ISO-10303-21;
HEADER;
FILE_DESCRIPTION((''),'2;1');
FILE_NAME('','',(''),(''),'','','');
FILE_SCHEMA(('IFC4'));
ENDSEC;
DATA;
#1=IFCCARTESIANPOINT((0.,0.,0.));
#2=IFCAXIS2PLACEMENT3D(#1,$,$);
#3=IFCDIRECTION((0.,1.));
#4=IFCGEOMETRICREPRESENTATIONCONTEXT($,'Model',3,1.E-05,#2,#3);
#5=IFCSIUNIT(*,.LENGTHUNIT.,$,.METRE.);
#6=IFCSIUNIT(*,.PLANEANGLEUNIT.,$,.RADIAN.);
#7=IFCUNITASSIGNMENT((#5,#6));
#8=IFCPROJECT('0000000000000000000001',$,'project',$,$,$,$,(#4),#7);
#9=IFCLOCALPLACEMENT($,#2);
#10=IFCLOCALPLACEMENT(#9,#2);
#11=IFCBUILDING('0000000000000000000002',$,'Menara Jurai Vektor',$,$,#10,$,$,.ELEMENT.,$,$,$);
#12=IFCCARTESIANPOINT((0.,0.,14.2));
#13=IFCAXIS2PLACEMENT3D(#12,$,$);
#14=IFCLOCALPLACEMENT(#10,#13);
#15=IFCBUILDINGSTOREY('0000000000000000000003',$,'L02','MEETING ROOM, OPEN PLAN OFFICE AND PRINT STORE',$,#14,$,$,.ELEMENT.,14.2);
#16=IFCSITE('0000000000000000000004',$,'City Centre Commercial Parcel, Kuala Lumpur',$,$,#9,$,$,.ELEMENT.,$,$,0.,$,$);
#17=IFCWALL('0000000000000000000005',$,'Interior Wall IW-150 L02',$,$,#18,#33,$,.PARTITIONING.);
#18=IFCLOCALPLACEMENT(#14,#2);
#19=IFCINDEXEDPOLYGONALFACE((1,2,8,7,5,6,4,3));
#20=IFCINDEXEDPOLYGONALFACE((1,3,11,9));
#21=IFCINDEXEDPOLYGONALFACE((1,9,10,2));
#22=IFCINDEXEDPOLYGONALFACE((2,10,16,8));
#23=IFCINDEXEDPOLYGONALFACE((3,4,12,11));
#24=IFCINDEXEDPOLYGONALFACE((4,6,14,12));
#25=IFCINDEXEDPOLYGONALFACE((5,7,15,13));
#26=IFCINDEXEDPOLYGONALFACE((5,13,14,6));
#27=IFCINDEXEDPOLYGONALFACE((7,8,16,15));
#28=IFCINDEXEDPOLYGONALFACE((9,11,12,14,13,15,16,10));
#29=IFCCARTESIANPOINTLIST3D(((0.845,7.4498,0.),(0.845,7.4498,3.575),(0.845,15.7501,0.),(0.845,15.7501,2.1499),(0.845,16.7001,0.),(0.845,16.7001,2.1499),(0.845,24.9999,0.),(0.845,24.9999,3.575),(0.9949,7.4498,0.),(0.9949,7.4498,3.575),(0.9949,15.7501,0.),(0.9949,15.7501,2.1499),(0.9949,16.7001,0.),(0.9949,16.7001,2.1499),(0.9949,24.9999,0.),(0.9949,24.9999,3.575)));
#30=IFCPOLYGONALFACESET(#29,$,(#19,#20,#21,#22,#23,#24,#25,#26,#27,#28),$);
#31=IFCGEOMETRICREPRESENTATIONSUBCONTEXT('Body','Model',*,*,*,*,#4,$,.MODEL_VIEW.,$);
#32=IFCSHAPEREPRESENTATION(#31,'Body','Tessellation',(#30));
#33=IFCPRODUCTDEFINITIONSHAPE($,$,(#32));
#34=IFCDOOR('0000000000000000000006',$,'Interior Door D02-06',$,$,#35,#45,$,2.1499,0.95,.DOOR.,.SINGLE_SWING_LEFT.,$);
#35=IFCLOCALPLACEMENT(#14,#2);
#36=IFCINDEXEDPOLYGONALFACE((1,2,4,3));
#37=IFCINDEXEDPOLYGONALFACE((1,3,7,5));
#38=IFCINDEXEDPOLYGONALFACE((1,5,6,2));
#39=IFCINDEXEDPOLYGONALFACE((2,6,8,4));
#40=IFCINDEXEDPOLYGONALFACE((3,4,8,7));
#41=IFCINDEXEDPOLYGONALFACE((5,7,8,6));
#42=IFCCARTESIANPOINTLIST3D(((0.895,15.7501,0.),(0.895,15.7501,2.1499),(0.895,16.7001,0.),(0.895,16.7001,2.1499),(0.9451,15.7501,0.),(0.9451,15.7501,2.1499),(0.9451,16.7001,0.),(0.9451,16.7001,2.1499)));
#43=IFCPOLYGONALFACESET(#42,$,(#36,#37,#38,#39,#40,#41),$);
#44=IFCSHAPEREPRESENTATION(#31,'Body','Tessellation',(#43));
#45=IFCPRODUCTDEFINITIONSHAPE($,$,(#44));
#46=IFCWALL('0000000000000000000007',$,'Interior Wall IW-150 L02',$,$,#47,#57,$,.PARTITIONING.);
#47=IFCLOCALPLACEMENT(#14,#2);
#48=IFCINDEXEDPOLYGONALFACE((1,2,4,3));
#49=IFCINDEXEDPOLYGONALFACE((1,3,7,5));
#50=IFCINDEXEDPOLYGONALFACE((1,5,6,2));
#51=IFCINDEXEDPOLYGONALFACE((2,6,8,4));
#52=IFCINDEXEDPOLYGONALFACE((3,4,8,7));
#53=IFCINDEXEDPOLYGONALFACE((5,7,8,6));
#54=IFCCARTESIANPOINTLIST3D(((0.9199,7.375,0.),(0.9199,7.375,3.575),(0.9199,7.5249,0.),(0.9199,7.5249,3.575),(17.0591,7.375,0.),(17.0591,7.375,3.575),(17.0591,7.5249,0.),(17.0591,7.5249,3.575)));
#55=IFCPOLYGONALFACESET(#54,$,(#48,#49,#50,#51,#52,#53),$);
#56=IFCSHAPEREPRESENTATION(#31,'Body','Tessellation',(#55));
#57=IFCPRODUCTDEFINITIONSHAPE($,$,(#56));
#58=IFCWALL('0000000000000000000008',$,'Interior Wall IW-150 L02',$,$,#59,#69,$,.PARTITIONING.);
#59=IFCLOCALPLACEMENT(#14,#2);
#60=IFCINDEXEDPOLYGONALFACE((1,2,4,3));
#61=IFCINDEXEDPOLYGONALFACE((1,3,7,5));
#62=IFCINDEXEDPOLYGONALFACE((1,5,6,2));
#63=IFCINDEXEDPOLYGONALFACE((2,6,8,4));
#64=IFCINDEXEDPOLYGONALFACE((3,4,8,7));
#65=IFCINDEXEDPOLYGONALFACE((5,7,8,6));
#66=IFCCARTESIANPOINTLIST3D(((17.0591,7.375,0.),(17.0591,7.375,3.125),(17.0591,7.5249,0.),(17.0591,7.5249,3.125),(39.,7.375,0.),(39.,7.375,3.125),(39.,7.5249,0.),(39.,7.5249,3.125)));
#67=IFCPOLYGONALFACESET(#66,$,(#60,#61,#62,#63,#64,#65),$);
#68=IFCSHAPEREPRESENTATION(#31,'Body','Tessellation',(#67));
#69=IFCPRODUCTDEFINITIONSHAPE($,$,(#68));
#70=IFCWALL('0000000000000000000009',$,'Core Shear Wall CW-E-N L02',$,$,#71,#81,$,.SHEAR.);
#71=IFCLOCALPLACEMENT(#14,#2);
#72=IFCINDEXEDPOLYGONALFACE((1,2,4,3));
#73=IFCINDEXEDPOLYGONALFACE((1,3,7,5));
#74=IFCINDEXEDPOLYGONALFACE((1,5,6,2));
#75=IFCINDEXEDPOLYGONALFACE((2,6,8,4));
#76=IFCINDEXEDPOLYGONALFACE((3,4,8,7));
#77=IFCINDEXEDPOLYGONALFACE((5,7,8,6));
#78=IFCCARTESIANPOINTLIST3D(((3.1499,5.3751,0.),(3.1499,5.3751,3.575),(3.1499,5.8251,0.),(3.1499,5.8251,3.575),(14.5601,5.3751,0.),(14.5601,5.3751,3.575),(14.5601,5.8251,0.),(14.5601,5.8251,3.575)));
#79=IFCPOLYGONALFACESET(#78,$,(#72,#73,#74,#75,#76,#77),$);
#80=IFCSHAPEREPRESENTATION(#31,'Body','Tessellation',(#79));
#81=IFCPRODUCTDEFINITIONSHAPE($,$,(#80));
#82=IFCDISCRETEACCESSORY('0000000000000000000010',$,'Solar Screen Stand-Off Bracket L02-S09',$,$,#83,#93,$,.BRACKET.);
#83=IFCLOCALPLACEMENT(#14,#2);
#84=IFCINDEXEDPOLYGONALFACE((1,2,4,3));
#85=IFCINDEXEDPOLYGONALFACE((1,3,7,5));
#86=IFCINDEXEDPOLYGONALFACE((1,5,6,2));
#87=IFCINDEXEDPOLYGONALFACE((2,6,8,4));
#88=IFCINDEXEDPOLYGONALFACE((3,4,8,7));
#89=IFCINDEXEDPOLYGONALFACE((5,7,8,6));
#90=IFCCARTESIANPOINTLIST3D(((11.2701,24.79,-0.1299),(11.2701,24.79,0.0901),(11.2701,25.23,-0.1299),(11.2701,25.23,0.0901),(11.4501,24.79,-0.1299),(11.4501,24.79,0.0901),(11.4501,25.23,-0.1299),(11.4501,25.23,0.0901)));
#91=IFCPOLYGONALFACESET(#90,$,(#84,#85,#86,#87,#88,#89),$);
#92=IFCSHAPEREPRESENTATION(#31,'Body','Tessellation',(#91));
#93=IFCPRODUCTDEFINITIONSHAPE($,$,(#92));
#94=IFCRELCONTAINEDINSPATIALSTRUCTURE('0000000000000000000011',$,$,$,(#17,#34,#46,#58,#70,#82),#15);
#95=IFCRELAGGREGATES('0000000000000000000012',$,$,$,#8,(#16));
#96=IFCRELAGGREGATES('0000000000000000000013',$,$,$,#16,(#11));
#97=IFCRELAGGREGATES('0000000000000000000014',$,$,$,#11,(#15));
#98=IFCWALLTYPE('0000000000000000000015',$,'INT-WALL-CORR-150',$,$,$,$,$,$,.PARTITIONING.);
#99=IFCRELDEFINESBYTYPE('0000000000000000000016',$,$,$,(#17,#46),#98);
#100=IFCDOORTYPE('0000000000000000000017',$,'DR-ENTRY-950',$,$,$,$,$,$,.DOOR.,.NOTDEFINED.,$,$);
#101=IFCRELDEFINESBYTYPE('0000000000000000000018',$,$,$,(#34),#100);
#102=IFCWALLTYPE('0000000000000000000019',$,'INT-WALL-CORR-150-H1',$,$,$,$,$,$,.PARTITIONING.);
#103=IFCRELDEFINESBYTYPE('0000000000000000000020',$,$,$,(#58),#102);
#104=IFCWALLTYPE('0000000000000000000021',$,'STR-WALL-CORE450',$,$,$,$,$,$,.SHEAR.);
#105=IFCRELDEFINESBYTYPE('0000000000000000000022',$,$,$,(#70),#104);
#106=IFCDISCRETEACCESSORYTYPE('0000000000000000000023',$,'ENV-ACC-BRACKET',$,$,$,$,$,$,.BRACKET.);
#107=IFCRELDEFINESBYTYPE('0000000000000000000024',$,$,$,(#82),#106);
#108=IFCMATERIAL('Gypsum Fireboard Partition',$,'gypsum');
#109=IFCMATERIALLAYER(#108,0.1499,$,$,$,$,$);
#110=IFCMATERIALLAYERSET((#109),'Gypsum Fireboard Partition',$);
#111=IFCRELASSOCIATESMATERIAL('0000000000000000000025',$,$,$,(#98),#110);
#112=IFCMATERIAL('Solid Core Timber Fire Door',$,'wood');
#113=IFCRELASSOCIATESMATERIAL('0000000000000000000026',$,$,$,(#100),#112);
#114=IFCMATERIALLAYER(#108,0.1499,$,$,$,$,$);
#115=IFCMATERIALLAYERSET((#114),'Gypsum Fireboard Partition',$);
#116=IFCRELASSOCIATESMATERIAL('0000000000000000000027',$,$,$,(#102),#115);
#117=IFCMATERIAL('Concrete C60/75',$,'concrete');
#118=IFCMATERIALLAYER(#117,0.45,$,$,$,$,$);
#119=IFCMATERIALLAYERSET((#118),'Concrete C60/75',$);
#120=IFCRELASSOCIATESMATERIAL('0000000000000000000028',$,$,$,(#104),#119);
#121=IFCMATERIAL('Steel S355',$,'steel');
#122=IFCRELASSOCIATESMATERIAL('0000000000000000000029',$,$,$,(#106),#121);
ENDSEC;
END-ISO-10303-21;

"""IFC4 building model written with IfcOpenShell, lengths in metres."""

from ifc_helpers import new_model, si_unit, direction, frame, frame_2d, origin, origin_2d, place, context, subcontext, project, spatial, rectangle, extrude, material, layer, layer_set, type_object, element, fill, save


model = new_model("IFC4")

# Units and contexts
model_context = context("Model", 3, precision=1e-05, world=origin(), true_north=direction((0.0, 1.0)))
body_context = subcontext(model_context, "Body", "Model", "MODEL_VIEW")
ifc_project = project(units=[si_unit("LENGTHUNIT", "METRE"), si_unit("PLANEANGLEUNIT", "RADIAN")], contexts=[model_context])

# Site, building, storey
site_placement = place(None, origin())
site = spatial("IfcSite", under=ifc_project, at=site_placement, Name="City Centre Commercial Parcel, Kuala Lumpur", CompositionType="ELEMENT", RefElevation=0.0)
building_placement = place(site_placement, origin())
building = spatial("IfcBuilding", under=site, at=building_placement, Name="Menara Jurai Vektor", CompositionType="ELEMENT")
storey_placement = place(building_placement, frame((0.0, 0.0, 14.2)))
storey = spatial("IfcBuildingStorey", under=building, at=storey_placement, Name="L02", Description="MEETING ROOM, OPEN PLAN OFFICE AND PRINT STORE", CompositionType="ELEMENT", Elevation=14.2)

# Shared definitions
ifc_material_1 = material(Name="Steel S355", Category="steel")

# Wall, opening, door
ifc_material_2 = material(Name="Gypsum Fireboard Partition", Category="gypsum")
ifc_layer_1 = layer(ifc_material_2, 0.1499)
ifc_layer_set_1 = layer_set([ifc_layer_1], Name="Gypsum Fireboard Partition")
wall_type_1 = type_object("IfcWallType", Name="INT-WALL-CORR-150", PredefinedType="PARTITIONING", material=ifc_layer_set_1)
wall_1_placement = place(storey_placement, frame((0.9199, 7.45, 0.0), z_axis=(0.0, 0.0, 1.0), x_axis=(0.0, 1.0, 0.0)))
wall_1 = element("IfcWall", 1, at=wall_1_placement, inside=storey, type_object=wall_type_1, Name="Interior Wall IW-150 L02", PredefinedType="PARTITIONING", context=body_context, shape_type="SweptSolid", body=[
    extrude(rectangle(XDim=17.55, YDim=0.1499, at=frame_2d((8.7749, 0.0))), origin(), (0.0, 0.0, 1.0), 3.575),
])
opening_placement = place(wall_1_placement, frame((8.3, 0.0, 0.0)))
opening = element("IfcOpeningElement", 2, at=opening_placement, cuts=wall_1, PredefinedType="OPENING", context=body_context, shape_type="SweptSolid", body=[
    extrude(rectangle(XDim=0.95, YDim=2.1499, at=frame_2d((0.4751, 1.075))), frame((0.0, 0.085, 0.0), z_axis=(0.0, -1.0, 0.0), x_axis=(1.0, 0.0, 0.0)), (0.0, 0.0, 1.0), 0.1699),
])
ifc_material_3 = material(Name="Solid Core Timber Fire Door", Category="wood")
door_type = type_object("IfcDoorType", Name="DR-ENTRY-950", OperationType="NOTDEFINED", PredefinedType="DOOR", material=ifc_material_3)
door_placement = place(opening_placement, origin())
door = element("IfcDoor", 3, at=door_placement, inside=storey, type_object=door_type, Name="Interior Door D02-06", OperationType="SINGLE_SWING_LEFT", OverallHeight=2.1499, OverallWidth=0.95, PredefinedType="DOOR", context=body_context, shape_type="SweptSolid", body=[
    extrude(rectangle(XDim=0.95, YDim=2.1499, at=frame_2d((0.4751, 1.075))), frame((0.0, 0.0249, 0.0), z_axis=(0.0, -1.0, 0.0), x_axis=(1.0, 0.0, 0.0)), (0.0, 0.0, 1.0), 0.05),
])
fill(opening, door)

# Walls
wall_2_placement = place(storey_placement, frame((0.9199, 7.45, 0.0), z_axis=(0.0, 0.0, 1.0), x_axis=(1.0, 0.0, 0.0)))
element("IfcWall", 4, at=wall_2_placement, inside=storey, type_object=wall_type_1, Name="Interior Wall IW-150 L02", PredefinedType="PARTITIONING", context=body_context, shape_type="SweptSolid", body=[
    extrude(rectangle(XDim=16.1392, YDim=0.1499, at=frame_2d((8.0696, 0.0))), origin(), (0.0, 0.0, 1.0), 3.575),
])
ifc_layer_2 = layer(ifc_material_2, 0.1499)
ifc_layer_set_2 = layer_set([ifc_layer_2], Name="Gypsum Fireboard Partition")
wall_type_2 = type_object("IfcWallType", Name="INT-WALL-CORR-150-H1", PredefinedType="PARTITIONING", material=ifc_layer_set_2)
wall_3_placement = place(storey_placement, frame((17.0591, 7.45, 0.0), z_axis=(0.0, 0.0, 1.0), x_axis=(1.0, 0.0, 0.0)))
element("IfcWall", 5, at=wall_3_placement, inside=storey, type_object=wall_type_2, Name="Interior Wall IW-150 L02", PredefinedType="PARTITIONING", context=body_context, shape_type="SweptSolid", body=[
    extrude(rectangle(XDim=21.9409, YDim=0.1499, at=frame_2d((10.9705, 0.0))), origin(), (0.0, 0.0, 1.0), 3.125),
])
ifc_material_4 = material(Name="Concrete C60/75", Category="concrete")
ifc_layer_3 = layer(ifc_material_4, 0.45)
ifc_layer_set_3 = layer_set([ifc_layer_3], Name="Concrete C60/75")
wall_type_3 = type_object("IfcWallType", Name="STR-WALL-CORE450", PredefinedType="SHEAR", material=ifc_layer_set_3)
wall_4_placement = place(storey_placement, frame((3.1499, 5.6001, 0.0), z_axis=(0.0, 0.0, 1.0), x_axis=(1.0, 0.0, 0.0)))
element("IfcWall", 6, at=wall_4_placement, inside=storey, type_object=wall_type_3, Name="Core Shear Wall CW-E-N L02", PredefinedType="SHEAR", context=body_context, shape_type="SweptSolid", body=[
    extrude(rectangle(XDim=11.4102, YDim=0.45, at=frame_2d((5.7051, 0.0))), origin(), (0.0, 0.0, 1.0), 3.575),
])

# Discrete accessory
discrete_accessory_type = type_object("IfcDiscreteAccessoryType", Name="ENV-ACC-BRACKET", PredefinedType="BRACKET", material=ifc_material_1)
discrete_accessory_placement = place(storey_placement, frame((11.3601, 25.01, -0.1299), z_axis=(0.0, 0.0, 1.0), x_axis=(-1.0, 0.0, 0.0)))
element("IfcDiscreteAccessory", 7, at=discrete_accessory_placement, inside=storey, type_object=discrete_accessory_type, Name="Solar Screen Stand-Off Bracket L02-S09", PredefinedType="BRACKET", context=body_context, shape_type="SweptSolid", body=[
    extrude(rectangle(XDim=0.1799, YDim=0.4399, at=origin_2d()), origin(), (0.0, 0.0, 1.0), 0.22),
])

save(model, "model.ifc")
